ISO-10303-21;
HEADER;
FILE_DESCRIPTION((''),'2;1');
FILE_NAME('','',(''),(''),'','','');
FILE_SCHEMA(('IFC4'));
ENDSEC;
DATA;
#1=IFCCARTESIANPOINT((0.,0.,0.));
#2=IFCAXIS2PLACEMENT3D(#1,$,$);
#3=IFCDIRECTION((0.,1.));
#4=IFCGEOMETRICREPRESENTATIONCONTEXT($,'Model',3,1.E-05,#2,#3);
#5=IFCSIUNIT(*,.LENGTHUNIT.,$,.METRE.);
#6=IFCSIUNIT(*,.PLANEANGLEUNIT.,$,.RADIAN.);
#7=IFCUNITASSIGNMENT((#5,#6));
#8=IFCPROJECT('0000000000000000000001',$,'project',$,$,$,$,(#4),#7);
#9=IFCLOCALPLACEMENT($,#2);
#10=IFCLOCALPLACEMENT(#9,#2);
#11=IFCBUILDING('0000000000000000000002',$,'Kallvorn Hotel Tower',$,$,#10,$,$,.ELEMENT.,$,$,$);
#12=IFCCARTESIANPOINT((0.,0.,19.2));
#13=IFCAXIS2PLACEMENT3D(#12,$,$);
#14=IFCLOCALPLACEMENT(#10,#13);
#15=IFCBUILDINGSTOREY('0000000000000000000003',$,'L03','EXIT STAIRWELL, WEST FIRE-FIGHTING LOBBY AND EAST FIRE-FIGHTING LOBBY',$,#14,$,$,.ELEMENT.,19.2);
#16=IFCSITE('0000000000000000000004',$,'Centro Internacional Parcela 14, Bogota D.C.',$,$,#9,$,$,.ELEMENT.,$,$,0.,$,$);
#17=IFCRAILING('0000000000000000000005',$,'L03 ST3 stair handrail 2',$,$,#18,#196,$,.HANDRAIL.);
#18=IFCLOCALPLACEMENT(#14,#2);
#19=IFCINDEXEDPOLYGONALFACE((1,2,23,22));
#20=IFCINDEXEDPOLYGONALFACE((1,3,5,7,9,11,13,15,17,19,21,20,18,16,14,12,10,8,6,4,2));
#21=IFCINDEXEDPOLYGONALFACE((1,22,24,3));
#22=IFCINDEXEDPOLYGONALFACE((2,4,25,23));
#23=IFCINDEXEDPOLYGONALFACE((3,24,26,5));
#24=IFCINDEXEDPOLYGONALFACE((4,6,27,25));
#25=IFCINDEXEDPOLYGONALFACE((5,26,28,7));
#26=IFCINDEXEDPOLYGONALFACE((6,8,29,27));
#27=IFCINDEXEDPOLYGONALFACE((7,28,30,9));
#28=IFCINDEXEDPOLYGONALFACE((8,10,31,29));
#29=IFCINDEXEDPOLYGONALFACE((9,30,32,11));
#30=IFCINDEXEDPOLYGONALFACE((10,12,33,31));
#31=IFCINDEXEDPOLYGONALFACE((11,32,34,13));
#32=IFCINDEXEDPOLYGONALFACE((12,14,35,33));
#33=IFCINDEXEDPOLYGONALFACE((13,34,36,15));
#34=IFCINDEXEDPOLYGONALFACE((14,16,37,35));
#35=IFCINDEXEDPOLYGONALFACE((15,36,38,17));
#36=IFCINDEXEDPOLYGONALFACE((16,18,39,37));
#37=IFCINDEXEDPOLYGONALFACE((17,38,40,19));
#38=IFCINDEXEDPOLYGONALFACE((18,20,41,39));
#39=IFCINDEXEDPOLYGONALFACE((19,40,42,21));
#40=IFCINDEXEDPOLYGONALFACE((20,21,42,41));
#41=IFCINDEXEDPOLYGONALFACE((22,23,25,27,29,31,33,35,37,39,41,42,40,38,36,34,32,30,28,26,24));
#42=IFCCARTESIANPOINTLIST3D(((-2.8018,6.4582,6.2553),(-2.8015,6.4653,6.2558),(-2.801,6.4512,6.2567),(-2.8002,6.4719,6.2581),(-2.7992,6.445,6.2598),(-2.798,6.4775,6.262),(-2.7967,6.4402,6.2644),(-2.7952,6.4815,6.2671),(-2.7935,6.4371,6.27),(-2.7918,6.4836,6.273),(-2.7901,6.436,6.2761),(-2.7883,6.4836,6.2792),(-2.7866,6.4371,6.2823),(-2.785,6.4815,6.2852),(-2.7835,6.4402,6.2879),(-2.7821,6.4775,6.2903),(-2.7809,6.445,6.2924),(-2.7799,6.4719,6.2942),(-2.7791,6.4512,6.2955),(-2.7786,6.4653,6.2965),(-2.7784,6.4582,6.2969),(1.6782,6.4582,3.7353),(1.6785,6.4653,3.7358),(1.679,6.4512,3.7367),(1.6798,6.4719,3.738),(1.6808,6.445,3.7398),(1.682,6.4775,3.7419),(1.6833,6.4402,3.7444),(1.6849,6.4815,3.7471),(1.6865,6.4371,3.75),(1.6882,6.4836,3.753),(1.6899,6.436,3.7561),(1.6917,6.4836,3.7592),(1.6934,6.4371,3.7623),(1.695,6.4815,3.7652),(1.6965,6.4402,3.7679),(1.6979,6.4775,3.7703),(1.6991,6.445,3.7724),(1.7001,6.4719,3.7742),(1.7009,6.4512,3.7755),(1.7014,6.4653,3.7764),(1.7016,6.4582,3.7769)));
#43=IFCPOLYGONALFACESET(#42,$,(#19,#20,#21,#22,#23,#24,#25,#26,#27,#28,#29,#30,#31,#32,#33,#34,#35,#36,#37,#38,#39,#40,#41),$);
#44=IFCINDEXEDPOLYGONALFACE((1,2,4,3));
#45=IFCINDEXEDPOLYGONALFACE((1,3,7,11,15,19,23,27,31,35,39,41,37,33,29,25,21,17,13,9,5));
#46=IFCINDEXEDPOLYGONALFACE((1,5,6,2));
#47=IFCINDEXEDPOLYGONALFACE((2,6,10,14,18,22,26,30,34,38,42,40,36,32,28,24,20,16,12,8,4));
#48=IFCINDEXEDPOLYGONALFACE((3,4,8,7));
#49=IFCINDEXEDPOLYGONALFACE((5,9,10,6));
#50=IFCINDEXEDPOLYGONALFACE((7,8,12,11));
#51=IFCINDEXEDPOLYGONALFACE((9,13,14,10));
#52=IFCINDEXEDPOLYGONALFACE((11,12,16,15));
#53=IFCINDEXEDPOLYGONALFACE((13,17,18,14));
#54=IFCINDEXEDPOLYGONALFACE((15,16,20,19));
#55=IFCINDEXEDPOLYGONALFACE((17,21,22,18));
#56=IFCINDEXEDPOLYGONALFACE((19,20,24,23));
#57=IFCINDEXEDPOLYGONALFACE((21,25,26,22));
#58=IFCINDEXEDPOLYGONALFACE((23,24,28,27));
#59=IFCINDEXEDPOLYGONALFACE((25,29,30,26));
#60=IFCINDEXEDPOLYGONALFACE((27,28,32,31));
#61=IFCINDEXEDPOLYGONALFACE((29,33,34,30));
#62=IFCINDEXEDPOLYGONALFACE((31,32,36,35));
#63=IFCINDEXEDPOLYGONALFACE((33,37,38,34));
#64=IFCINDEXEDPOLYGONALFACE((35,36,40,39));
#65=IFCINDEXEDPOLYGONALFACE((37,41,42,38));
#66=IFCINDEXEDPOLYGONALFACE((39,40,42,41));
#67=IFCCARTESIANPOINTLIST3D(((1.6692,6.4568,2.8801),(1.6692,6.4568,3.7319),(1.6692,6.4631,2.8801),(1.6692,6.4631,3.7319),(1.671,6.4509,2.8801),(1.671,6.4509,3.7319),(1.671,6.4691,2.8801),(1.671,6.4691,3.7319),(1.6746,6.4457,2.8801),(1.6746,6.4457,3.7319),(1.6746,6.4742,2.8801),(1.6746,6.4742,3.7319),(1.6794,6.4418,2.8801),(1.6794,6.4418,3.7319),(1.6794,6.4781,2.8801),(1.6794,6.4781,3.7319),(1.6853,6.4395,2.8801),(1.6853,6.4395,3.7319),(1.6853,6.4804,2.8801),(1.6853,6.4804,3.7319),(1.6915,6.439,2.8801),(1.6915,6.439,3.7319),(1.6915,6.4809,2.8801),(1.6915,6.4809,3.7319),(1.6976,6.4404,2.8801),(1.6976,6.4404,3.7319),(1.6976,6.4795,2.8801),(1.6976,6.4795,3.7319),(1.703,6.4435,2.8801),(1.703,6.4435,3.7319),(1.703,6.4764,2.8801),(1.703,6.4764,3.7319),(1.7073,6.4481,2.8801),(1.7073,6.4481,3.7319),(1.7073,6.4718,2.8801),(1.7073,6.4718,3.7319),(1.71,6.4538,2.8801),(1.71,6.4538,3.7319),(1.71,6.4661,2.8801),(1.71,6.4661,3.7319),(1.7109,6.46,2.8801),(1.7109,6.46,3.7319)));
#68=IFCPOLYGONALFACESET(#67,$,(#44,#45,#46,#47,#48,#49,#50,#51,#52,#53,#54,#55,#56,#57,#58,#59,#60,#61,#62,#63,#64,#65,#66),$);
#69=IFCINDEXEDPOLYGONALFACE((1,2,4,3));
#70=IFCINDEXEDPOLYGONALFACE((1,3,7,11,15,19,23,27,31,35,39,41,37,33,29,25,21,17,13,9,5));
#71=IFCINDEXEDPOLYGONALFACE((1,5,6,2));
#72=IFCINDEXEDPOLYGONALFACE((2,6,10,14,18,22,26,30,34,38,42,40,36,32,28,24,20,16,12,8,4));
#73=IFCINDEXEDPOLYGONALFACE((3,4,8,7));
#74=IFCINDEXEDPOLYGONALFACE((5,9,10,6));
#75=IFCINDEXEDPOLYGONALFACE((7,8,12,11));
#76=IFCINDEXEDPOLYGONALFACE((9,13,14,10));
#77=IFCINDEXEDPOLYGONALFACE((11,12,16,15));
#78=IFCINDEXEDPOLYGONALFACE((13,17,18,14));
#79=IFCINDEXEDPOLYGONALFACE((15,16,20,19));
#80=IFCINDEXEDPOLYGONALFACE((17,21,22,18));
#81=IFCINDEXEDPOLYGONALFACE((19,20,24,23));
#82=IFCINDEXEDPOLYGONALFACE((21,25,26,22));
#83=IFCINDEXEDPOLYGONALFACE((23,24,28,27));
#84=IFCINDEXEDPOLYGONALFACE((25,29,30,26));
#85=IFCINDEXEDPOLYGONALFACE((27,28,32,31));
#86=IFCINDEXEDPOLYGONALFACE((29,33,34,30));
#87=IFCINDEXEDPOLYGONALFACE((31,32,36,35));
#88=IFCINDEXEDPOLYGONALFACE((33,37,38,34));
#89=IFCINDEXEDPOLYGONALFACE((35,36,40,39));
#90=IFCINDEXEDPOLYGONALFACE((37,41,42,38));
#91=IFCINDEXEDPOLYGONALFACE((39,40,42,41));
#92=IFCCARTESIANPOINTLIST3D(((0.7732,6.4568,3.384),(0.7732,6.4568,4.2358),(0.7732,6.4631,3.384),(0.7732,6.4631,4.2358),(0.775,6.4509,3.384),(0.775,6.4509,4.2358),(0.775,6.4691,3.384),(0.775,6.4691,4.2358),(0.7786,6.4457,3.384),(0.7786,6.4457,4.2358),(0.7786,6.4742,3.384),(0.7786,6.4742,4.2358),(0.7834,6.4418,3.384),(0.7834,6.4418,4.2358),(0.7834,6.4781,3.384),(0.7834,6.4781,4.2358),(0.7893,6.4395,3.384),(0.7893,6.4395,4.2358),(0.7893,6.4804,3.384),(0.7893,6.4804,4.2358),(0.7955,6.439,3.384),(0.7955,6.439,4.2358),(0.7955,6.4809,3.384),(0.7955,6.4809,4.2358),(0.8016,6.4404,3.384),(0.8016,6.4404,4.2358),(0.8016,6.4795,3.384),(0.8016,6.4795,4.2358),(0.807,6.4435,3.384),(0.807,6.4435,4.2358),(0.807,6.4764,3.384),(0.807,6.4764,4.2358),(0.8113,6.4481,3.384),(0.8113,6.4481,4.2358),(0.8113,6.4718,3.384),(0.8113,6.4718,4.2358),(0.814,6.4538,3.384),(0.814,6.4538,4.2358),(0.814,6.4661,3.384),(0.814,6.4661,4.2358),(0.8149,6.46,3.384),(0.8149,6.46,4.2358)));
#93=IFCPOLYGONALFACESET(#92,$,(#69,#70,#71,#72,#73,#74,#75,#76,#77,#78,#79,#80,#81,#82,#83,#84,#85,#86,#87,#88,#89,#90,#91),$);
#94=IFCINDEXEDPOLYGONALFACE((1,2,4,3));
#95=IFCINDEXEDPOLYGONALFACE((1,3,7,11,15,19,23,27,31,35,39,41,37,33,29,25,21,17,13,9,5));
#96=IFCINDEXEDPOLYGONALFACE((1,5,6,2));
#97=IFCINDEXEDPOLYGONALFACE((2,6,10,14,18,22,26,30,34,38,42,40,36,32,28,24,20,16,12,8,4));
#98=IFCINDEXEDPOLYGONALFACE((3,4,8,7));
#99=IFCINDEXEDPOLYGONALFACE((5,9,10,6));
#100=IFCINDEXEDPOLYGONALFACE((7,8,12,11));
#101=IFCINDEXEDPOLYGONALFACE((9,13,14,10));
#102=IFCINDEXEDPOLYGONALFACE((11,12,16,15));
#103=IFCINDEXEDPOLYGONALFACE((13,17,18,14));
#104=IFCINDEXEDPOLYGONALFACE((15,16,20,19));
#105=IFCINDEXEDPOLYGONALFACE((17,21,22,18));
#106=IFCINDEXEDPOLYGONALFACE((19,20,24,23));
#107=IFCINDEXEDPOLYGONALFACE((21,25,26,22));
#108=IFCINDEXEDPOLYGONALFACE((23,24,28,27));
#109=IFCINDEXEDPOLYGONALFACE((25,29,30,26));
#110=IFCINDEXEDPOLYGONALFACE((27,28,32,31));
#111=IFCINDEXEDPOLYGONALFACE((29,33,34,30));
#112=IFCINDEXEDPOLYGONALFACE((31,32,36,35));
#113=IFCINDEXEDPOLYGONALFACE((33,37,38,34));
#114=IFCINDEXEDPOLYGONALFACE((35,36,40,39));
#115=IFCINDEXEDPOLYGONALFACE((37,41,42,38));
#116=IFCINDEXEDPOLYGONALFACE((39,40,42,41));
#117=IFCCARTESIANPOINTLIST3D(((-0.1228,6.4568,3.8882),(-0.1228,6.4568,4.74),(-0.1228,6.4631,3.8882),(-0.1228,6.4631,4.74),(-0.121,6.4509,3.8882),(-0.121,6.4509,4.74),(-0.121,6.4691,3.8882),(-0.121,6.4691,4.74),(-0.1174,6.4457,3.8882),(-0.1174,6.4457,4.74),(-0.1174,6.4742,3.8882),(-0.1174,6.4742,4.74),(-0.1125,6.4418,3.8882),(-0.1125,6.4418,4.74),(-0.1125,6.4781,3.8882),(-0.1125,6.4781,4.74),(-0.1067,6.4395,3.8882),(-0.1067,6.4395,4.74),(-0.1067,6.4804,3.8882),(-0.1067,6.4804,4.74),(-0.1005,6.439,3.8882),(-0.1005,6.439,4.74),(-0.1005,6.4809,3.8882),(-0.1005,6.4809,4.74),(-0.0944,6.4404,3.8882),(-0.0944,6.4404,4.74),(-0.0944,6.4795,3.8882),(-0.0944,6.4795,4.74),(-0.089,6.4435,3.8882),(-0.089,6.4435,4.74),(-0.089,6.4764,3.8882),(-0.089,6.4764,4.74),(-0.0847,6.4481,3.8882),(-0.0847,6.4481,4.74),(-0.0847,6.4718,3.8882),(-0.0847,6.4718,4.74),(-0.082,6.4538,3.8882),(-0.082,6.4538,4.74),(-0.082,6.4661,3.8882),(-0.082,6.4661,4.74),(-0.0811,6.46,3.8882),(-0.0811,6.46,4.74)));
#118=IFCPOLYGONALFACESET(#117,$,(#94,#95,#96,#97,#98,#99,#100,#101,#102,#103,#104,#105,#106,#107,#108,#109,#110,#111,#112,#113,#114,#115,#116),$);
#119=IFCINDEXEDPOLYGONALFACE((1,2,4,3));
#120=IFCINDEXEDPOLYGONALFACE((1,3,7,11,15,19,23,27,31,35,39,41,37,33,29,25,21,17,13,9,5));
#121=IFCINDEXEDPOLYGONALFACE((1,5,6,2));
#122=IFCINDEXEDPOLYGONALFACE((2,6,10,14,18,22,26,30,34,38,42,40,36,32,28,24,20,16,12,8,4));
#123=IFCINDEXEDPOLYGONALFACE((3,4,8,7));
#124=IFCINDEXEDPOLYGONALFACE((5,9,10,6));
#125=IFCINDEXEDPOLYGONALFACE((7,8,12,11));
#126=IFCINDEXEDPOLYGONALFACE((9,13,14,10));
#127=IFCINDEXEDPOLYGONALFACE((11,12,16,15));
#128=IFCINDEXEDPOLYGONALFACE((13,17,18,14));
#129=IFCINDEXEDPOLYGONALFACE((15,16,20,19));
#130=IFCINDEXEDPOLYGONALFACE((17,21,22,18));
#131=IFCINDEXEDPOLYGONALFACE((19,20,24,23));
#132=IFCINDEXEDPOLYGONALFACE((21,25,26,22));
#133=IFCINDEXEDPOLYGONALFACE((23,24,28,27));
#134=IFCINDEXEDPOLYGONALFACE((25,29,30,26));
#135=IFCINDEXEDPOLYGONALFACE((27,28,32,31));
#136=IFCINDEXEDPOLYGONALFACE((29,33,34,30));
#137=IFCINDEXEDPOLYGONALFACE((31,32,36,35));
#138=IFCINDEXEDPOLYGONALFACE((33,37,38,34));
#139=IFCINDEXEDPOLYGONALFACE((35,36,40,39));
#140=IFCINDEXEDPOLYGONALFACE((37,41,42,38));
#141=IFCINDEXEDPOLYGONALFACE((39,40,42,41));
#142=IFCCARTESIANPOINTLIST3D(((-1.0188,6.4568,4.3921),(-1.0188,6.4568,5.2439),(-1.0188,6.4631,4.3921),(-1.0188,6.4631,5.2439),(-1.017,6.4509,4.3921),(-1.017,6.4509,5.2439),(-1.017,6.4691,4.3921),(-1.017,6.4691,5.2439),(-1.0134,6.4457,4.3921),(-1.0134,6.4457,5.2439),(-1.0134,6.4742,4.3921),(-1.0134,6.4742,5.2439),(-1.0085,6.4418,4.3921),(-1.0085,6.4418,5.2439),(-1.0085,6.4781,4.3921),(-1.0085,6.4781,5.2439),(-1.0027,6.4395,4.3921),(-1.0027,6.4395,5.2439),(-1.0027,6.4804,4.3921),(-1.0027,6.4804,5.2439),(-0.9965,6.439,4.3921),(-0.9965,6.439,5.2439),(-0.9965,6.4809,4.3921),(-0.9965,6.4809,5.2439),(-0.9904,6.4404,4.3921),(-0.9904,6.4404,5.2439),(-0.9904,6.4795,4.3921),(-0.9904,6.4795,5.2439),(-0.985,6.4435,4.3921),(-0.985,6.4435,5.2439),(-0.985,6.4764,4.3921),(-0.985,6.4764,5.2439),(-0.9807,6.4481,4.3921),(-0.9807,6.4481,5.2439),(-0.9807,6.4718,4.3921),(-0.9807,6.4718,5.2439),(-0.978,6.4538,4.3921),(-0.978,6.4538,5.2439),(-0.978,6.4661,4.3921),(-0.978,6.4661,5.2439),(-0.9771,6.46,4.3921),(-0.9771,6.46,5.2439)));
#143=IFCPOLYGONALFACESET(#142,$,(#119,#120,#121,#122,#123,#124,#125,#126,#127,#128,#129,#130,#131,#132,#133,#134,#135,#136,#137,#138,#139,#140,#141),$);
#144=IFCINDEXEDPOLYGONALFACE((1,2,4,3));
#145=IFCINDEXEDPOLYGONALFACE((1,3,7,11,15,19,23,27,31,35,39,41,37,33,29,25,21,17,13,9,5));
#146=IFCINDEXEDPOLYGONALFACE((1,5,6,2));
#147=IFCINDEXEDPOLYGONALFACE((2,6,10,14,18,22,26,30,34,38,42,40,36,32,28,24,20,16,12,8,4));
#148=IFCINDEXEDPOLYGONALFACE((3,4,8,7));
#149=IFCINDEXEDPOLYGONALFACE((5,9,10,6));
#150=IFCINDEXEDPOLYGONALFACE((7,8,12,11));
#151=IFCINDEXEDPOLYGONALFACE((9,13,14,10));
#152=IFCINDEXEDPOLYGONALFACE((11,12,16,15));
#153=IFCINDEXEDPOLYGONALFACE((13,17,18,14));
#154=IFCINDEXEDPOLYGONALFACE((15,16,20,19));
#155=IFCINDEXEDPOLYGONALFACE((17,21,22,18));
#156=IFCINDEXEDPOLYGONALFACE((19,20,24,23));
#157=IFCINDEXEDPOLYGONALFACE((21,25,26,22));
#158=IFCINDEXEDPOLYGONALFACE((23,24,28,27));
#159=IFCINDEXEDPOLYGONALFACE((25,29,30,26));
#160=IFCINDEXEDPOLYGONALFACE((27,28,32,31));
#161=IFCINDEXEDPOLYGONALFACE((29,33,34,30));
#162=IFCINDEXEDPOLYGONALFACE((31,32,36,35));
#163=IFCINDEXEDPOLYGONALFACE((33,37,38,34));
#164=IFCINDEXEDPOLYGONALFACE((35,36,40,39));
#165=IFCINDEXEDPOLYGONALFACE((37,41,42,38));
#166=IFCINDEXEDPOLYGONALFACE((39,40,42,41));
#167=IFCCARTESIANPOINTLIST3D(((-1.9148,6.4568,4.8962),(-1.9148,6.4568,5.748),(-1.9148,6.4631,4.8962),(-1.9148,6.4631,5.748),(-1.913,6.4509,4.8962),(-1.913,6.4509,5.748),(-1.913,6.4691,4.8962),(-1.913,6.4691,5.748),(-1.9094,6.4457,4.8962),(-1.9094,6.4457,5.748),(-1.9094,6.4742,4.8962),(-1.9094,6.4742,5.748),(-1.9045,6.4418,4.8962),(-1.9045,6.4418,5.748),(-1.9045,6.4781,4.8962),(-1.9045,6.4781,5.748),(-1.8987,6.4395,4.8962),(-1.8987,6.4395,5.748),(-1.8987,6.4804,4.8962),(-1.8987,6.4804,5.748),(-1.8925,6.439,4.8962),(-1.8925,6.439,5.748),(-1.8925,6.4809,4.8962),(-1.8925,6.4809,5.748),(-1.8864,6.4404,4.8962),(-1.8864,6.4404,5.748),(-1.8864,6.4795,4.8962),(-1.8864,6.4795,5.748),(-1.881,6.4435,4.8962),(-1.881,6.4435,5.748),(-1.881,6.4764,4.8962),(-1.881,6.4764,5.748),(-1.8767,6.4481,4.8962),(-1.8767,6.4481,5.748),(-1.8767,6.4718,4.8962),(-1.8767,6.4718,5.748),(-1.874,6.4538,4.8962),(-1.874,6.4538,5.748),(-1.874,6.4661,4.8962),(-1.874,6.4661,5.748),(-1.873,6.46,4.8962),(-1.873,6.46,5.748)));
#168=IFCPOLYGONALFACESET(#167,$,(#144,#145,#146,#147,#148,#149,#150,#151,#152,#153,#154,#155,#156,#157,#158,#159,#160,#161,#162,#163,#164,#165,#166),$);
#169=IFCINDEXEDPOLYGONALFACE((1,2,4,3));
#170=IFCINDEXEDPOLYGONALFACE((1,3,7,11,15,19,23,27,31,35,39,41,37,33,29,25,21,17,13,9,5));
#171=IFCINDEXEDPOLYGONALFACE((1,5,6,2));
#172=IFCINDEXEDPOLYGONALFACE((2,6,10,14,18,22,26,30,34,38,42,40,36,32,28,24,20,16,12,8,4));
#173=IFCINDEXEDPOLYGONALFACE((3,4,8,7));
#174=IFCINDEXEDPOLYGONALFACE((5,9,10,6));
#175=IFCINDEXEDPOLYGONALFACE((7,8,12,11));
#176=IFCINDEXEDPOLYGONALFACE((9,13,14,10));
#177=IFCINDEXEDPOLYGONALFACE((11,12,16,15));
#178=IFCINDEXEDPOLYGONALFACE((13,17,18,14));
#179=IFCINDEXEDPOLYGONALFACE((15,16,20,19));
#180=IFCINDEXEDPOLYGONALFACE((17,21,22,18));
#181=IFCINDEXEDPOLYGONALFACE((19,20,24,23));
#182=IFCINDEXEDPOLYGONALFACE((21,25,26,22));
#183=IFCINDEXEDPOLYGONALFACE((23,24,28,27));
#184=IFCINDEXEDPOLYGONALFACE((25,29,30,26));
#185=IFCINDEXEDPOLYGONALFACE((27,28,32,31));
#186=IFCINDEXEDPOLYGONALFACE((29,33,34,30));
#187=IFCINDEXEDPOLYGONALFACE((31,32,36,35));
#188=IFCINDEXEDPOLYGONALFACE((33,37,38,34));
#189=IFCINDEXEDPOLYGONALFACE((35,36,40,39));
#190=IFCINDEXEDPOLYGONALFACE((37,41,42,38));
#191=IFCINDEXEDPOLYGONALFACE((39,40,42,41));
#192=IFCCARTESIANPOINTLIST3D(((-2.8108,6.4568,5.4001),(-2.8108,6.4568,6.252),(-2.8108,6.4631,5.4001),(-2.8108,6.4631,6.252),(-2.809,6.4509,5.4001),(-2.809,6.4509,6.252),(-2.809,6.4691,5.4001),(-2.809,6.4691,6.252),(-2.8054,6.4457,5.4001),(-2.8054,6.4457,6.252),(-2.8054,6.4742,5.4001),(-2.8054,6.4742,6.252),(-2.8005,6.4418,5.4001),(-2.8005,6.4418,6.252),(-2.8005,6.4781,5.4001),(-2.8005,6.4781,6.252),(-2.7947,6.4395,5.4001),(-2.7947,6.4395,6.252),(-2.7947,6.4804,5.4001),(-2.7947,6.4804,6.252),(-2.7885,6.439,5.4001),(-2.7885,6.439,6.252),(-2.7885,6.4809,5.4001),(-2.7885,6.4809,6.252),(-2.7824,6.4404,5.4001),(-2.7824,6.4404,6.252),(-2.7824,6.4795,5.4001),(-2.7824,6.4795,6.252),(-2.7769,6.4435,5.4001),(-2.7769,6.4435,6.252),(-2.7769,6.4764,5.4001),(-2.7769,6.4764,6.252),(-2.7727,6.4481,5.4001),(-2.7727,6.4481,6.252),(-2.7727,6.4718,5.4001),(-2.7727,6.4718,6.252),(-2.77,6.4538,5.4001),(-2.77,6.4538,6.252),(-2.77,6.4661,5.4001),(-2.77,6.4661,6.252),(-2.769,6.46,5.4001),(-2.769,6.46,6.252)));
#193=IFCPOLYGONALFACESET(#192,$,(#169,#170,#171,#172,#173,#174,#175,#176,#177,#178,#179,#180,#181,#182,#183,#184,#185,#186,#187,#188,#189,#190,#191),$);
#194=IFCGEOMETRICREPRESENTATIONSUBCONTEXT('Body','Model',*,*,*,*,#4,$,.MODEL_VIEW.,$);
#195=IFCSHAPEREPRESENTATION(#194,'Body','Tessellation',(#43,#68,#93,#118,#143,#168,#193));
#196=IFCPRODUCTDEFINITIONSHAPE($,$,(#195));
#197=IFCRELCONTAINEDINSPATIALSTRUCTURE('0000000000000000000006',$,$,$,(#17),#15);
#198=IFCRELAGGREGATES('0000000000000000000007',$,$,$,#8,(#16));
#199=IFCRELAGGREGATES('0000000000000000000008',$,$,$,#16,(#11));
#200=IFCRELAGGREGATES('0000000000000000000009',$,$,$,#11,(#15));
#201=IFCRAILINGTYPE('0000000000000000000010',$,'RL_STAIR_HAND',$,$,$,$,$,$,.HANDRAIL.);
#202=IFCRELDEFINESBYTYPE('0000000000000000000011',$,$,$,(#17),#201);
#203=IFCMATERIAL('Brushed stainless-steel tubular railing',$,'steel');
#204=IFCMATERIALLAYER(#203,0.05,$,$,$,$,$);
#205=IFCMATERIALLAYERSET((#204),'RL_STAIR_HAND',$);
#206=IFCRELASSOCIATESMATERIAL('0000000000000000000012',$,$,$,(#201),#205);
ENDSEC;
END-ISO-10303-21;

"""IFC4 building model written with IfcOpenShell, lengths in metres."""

from ifc_helpers import new_model, si_unit, direction, frame, origin, origin_2d, place, context, subcontext, project, spatial, circle, extrude, material, layer, layer_set, type_object, element, save


model = new_model("IFC4")

# Units and contexts
model_context = context("Model", 3, precision=1e-05, world=origin(), true_north=direction((0.0, 1.0)))
body_context = subcontext(model_context, "Body", "Model", "MODEL_VIEW")
ifc_project = project(units=[si_unit("LENGTHUNIT", "METRE"), si_unit("PLANEANGLEUNIT", "RADIAN")], contexts=[model_context])

# Site, building, storey
site_placement = place(None, origin())
site = spatial("IfcSite", under=ifc_project, at=site_placement, Name="Centro Internacional Parcela 14, Bogota D.C.", CompositionType="ELEMENT", RefElevation=0.0)
building_placement = place(site_placement, origin())
building = spatial("IfcBuilding", under=site, at=building_placement, Name="Kallvorn Hotel Tower", CompositionType="ELEMENT")
storey_placement = place(building_placement, frame((0.0, 0.0, 19.2)))
storey = spatial("IfcBuildingStorey", under=building, at=storey_placement, Name="L03", Description="EXIT STAIRWELL, WEST FIRE-FIGHTING LOBBY AND EAST FIRE-FIGHTING LOBBY", CompositionType="ELEMENT", Elevation=19.2)

# Railing
ifc_material_1 = material(Name="Brushed stainless-steel tubular railing", Category="steel")
ifc_layer_1 = layer(ifc_material_1, 0.05)
ifc_layer_set_1 = layer_set([ifc_layer_1], Name="RL_STAIR_HAND")
railing_type_1 = type_object("IfcRailingType", Name="RL_STAIR_HAND", PredefinedType="HANDRAIL", material=ifc_layer_set_1)
railing_1_placement = place(storey_placement, frame((1.6899, 6.46, 2.8801)))
element("IfcRailing", 1, at=railing_1_placement, inside=storey, type_object=railing_type_1, Name="L03 ST3 stair handrail 2", PredefinedType="HANDRAIL", context=body_context, shape_type="SweptSolid", body=[
    extrude(circle(Radius=0.0239, at=origin_2d()), frame((0.0, 0.0, 0.876), z_axis=(-0.871573, 0.0, 0.490266), x_axis=(0.0, -1.0, 0.0)), (0.0, 0.0, 1.0), 5.1401),
    extrude(circle(Radius=0.021, at=origin_2d()), origin(), (0.0, 0.0, 1.0), 0.8518),
    extrude(circle(Radius=0.021, at=origin_2d()), frame((-0.896, 0.0, 0.5039)), (0.0, 0.0, 1.0), 0.8518),
    extrude(circle(Radius=0.021, at=origin_2d()), frame((-1.792, 0.0, 1.0081)), (0.0, 0.0, 1.0), 0.8518),
    extrude(circle(Radius=0.021, at=origin_2d()), frame((-2.688, 0.0, 1.512)), (0.0, 0.0, 1.0), 0.8518),
    extrude(circle(Radius=0.021, at=origin_2d()), frame((-3.584, 0.0, 2.0161)), (0.0, 0.0, 1.0), 0.8518),
    extrude(circle(Radius=0.021, at=origin_2d()), frame((-4.48, 0.0, 2.52)), (0.0, 0.0, 1.0), 0.8518),
])

save(model, "model.ifc")
